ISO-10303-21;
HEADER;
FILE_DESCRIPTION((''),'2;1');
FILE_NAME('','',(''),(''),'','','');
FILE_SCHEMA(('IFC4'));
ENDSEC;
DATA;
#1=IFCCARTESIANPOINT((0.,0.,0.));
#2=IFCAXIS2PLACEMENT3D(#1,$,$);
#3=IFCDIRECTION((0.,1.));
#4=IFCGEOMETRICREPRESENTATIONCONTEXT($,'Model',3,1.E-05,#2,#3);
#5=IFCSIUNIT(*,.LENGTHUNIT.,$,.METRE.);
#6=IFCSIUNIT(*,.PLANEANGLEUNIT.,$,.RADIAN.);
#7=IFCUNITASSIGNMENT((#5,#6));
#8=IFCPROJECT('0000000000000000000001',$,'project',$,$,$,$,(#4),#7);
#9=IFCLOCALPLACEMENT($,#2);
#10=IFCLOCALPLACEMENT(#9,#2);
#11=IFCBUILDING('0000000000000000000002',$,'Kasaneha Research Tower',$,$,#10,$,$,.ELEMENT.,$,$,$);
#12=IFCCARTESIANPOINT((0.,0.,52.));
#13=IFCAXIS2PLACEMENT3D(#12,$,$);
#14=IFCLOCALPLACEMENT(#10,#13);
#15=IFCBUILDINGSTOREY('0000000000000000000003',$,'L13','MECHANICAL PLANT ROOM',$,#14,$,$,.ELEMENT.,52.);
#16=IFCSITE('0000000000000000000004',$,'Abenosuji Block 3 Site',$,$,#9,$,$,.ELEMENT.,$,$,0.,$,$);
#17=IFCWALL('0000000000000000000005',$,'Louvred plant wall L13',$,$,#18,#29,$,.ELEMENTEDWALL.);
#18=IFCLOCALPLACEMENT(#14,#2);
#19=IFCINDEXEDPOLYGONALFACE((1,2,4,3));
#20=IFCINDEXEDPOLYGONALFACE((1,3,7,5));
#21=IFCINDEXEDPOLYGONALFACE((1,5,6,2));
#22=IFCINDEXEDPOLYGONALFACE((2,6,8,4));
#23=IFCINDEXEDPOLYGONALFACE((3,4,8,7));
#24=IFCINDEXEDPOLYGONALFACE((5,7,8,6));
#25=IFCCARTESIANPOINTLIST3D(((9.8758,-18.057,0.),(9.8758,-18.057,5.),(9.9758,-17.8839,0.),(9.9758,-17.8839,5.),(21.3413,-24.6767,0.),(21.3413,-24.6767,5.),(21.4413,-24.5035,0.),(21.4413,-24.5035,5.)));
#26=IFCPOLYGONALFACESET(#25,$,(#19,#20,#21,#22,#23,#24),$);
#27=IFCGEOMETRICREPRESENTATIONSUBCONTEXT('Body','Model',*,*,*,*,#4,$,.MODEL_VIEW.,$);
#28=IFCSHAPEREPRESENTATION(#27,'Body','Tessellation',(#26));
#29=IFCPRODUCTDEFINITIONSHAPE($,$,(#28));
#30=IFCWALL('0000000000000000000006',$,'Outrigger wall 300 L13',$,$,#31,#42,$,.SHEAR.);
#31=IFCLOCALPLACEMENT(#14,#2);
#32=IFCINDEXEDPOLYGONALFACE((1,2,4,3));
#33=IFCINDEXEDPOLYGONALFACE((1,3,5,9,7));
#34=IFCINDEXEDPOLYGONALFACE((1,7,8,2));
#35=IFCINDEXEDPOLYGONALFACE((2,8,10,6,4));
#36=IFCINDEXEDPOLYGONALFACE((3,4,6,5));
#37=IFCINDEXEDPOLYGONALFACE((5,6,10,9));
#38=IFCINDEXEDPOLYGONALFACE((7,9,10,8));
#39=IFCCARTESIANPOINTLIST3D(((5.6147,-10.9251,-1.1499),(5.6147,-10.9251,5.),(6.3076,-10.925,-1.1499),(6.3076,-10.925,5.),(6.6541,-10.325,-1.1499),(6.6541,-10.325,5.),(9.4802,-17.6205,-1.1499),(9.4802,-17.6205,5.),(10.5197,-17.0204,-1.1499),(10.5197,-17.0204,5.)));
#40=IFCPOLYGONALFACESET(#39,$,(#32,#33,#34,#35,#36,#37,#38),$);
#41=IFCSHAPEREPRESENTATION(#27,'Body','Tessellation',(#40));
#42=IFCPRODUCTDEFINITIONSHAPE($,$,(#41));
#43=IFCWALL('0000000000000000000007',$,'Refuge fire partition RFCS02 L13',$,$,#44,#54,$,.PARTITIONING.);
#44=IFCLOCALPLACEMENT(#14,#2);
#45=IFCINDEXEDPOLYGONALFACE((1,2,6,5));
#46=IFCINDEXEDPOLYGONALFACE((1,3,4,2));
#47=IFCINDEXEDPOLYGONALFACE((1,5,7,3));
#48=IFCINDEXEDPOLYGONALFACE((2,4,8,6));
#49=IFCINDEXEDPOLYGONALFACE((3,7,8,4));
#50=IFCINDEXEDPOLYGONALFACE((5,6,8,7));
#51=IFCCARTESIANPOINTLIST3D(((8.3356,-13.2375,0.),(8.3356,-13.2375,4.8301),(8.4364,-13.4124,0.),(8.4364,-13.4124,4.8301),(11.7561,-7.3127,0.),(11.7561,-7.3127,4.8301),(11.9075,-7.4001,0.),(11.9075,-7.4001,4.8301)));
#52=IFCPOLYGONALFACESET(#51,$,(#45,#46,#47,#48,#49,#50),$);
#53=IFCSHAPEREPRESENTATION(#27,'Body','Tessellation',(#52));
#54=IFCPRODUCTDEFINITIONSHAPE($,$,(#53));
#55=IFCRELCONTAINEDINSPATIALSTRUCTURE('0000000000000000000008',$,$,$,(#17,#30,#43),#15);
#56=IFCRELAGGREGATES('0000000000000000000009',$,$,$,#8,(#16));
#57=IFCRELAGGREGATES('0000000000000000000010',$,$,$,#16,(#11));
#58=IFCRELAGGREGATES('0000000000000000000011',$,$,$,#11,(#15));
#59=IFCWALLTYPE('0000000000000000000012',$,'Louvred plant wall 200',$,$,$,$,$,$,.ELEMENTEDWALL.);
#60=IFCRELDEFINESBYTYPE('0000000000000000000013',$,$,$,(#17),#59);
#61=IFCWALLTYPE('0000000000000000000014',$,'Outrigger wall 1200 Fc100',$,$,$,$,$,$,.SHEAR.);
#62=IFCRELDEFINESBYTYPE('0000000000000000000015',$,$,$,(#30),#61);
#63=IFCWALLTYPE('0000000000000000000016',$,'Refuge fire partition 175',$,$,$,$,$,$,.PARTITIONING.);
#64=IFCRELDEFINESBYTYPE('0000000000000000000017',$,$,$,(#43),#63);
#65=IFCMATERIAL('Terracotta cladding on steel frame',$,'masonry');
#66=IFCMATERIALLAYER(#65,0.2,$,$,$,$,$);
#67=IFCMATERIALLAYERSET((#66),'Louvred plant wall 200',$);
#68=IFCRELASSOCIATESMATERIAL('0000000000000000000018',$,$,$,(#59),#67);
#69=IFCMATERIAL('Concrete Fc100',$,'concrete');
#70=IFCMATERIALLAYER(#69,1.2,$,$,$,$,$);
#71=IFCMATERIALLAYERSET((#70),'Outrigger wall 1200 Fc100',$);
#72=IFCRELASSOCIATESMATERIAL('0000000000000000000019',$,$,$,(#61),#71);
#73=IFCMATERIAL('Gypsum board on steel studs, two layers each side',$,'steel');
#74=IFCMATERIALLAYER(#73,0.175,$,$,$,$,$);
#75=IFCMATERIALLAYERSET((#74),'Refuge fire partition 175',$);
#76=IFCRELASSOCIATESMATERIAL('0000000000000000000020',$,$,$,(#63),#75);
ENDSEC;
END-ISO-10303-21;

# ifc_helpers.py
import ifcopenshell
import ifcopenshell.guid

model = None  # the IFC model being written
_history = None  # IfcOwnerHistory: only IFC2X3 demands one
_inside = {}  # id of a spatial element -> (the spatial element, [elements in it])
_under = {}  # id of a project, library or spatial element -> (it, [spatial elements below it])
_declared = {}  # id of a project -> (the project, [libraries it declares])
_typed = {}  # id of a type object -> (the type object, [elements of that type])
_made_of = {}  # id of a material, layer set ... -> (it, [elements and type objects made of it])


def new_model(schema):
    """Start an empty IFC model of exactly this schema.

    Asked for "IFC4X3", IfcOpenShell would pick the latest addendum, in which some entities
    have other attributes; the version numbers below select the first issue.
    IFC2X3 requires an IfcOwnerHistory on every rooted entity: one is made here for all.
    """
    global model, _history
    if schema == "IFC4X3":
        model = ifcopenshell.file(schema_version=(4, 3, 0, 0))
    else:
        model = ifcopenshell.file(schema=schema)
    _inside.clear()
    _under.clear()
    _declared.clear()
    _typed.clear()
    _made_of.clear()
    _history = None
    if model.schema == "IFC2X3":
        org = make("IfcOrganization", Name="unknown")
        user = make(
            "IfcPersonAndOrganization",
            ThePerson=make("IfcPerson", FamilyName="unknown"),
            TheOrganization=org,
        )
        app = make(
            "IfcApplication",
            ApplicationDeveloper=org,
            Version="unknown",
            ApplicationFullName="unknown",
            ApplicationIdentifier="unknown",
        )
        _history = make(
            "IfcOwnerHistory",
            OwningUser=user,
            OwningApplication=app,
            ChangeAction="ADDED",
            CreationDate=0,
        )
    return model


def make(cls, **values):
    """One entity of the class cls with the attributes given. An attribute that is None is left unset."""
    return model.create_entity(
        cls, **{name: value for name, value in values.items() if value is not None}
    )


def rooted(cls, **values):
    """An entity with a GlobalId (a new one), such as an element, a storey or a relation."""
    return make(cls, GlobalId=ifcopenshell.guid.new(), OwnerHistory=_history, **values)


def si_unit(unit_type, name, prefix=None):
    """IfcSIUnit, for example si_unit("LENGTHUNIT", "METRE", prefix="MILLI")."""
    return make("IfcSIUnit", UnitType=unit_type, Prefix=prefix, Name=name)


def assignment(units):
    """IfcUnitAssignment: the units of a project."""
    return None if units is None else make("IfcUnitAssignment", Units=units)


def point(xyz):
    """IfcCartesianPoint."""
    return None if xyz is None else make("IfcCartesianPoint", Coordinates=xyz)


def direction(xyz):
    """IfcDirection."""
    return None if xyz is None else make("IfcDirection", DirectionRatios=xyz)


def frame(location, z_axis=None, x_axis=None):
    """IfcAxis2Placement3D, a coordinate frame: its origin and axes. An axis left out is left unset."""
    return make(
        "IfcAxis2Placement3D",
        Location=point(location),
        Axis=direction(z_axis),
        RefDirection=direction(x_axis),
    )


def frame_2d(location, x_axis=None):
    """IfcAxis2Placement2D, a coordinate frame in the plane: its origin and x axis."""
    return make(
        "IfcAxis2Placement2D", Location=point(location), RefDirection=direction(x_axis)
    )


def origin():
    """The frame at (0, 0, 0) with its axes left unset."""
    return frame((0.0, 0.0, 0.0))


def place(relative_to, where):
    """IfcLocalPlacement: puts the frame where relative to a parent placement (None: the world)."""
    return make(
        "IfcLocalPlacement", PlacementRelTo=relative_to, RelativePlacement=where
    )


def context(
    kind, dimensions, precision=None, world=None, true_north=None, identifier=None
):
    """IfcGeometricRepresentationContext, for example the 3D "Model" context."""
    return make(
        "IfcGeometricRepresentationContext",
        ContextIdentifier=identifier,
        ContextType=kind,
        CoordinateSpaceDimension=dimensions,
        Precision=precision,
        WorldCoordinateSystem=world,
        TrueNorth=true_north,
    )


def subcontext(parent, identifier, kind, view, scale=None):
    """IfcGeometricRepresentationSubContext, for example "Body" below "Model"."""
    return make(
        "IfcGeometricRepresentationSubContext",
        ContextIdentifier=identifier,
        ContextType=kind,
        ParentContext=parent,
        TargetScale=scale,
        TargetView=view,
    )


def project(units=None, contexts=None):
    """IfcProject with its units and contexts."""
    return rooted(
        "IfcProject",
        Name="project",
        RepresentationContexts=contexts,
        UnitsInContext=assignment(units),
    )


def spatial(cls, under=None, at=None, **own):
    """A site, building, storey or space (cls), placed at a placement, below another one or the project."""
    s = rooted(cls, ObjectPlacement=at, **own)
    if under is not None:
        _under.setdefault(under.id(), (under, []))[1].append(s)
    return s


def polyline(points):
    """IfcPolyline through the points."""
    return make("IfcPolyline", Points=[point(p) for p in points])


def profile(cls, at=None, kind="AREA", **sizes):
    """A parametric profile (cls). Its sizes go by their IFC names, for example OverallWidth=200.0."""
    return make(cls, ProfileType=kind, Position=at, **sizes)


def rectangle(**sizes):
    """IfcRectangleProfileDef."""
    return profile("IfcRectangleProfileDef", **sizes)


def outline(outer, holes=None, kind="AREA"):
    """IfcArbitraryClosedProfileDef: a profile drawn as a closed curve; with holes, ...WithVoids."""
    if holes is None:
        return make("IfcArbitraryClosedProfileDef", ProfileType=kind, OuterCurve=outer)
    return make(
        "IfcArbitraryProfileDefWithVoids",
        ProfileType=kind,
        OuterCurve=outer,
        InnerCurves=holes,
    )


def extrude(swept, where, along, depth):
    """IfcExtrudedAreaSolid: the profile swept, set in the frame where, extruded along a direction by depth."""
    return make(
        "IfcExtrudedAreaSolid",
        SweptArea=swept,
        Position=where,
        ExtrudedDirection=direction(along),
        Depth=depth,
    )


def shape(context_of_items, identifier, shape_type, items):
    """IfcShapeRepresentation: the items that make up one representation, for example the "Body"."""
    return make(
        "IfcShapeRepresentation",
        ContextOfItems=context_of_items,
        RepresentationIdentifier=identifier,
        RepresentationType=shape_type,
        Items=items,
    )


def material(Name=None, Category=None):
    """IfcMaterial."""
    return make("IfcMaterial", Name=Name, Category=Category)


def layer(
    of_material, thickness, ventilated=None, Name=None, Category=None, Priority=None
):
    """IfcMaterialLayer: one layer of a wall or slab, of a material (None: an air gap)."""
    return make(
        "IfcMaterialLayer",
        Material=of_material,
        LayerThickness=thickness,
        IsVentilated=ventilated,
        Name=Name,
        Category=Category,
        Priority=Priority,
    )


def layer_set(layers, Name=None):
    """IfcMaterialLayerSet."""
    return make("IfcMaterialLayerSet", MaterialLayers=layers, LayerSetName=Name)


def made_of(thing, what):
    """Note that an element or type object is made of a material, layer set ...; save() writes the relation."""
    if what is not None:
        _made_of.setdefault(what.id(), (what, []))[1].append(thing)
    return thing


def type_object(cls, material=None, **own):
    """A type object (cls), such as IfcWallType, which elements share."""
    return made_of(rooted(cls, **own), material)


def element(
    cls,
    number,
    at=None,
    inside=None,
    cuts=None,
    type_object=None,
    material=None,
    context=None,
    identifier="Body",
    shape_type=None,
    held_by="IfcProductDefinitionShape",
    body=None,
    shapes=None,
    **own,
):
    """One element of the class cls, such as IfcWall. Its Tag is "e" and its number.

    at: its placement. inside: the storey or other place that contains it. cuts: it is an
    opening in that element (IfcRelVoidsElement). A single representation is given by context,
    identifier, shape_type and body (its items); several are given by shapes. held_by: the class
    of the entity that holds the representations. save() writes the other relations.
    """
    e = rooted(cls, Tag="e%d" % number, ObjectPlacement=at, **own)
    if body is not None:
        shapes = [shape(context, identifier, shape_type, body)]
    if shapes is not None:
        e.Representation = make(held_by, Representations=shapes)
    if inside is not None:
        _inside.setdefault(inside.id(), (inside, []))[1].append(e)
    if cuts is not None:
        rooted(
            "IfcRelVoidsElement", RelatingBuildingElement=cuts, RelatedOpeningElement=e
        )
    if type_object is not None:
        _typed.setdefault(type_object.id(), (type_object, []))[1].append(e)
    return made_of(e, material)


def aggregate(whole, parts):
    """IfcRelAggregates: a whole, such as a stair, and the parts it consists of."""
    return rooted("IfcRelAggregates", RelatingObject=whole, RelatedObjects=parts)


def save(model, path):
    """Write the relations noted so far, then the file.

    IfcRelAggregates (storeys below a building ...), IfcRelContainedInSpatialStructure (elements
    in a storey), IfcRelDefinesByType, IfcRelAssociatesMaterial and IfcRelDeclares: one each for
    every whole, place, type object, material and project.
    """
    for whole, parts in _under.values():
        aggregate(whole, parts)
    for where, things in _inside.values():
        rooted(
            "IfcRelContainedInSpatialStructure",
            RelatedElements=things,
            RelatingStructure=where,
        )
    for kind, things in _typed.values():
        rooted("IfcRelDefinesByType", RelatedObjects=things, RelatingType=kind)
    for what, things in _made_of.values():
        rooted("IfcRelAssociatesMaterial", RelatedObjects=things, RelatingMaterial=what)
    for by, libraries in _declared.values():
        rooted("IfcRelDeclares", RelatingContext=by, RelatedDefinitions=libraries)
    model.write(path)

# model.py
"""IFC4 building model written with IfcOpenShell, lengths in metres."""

from ifc_helpers import new_model, si_unit, direction, frame, frame_2d, origin, place, context, subcontext, project, spatial, polyline, rectangle, outline, extrude, material, layer, layer_set, type_object, element, save


model = new_model("IFC4")

# Units and contexts
model_context = context("Model", 3, precision=1e-05, world=origin(), true_north=direction((0.0, 1.0)))
body_context = subcontext(model_context, "Body", "Model", "MODEL_VIEW")
ifc_project = project(units=[si_unit("LENGTHUNIT", "METRE"), si_unit("PLANEANGLEUNIT", "RADIAN")], contexts=[model_context])

# Site, building, storey
site_placement = place(None, origin())
site = spatial("IfcSite", under=ifc_project, at=site_placement, Name="Abenosuji Block 3 Site", CompositionType="ELEMENT", RefElevation=0.0)
building_placement = place(site_placement, origin())
building = spatial("IfcBuilding", under=site, at=building_placement, Name="Kasaneha Research Tower", CompositionType="ELEMENT")
storey_placement = place(building_placement, frame((0.0, 0.0, 52.0)))
storey = spatial("IfcBuildingStorey", under=building, at=storey_placement, Name="L13", Description="MECHANICAL PLANT ROOM", CompositionType="ELEMENT", Elevation=52.0)

# Walls
ifc_material_1 = material(Name="Terracotta cladding on steel frame", Category="masonry")
ifc_layer_1 = layer(ifc_material_1, 0.2)
ifc_layer_set_1 = layer_set([ifc_layer_1], Name="Louvred plant wall 200")
wall_type_1 = type_object("IfcWallType", Name="Louvred plant wall 200", PredefinedType="ELEMENTEDWALL", material=ifc_layer_set_1)
wall_1_placement = place(storey_placement, frame((9.9258, -17.9705, 0.0), z_axis=(0.0, 0.0, 1.0), x_axis=(0.866026, -0.499999, 0.0)))
element("IfcWall", 1, at=wall_1_placement, inside=storey, type_object=wall_type_1, Name="Louvred plant wall L13", PredefinedType="ELEMENTEDWALL", context=body_context, shape_type="SweptSolid", body=[
    extrude(rectangle(XDim=13.2393, YDim=0.2, at=frame_2d((6.6196, 0.0))), origin(), (0.0, 0.0, 1.0), 5.0),
])
ifc_material_2 = material(Name="Concrete Fc100", Category="concrete")
ifc_layer_2 = layer(ifc_material_2, 1.2)
ifc_layer_set_2 = layer_set([ifc_layer_2], Name="Outrigger wall 1200 Fc100")
wall_type_2 = type_object("IfcWallType", Name="Outrigger wall 1200 Fc100", PredefinedType="SHEAR", material=ifc_layer_set_2)
wall_2_placement = place(storey_placement, frame((6.3076, -10.925, -1.1499), z_axis=(0.0, 0.0, 1.0), x_axis=(0.499993, -0.866029, 0.0)))
element("IfcWall", 2, at=wall_2_placement, inside=storey, type_object=wall_type_2, Name="Outrigger wall 300 L13", PredefinedType="SHEAR", context=body_context, shape_type="SweptSolid", body=[
    extrude(outline(polyline([(-0.3464, -0.6001), (7.3848, -0.6001), (7.3848, 0.6001), (-0.3464, 0.6001), (0.0, 0.0), (-0.3464, -0.6001)])), origin(), (0.0, 0.0, 1.0), 6.1499),
])
ifc_material_3 = material(Name="Gypsum board on steel studs, two layers each side", Category="steel")
ifc_layer_3 = layer(ifc_material_3, 0.175)
ifc_layer_set_3 = layer_set([ifc_layer_3], Name="Refuge fire partition 175")
wall_type_3 = type_object("IfcWallType", Name="Refuge fire partition 175", PredefinedType="PARTITIONING", material=ifc_layer_set_3)
wall_3_placement = place(storey_placement, frame((8.386, -13.325, 0.0), z_axis=(0.0, 0.0, 1.0), x_axis=(0.499987, 0.866033, 0.0)))
element("IfcWall", 3, at=wall_3_placement, inside=storey, type_object=wall_type_3, Name="Refuge fire partition RFCS02 L13", PredefinedType="PARTITIONING", context=body_context, shape_type="SweptSolid", body=[
    extrude(outline(polyline([(-0.0505, -0.0874), (6.8918, -0.0874), (6.8918, 0.0874), (0.0505, 0.0874), (-0.0505, -0.0874)])), origin(), (0.0, 0.0, 1.0), 4.8301),
])

save(model, "model.ifc")
